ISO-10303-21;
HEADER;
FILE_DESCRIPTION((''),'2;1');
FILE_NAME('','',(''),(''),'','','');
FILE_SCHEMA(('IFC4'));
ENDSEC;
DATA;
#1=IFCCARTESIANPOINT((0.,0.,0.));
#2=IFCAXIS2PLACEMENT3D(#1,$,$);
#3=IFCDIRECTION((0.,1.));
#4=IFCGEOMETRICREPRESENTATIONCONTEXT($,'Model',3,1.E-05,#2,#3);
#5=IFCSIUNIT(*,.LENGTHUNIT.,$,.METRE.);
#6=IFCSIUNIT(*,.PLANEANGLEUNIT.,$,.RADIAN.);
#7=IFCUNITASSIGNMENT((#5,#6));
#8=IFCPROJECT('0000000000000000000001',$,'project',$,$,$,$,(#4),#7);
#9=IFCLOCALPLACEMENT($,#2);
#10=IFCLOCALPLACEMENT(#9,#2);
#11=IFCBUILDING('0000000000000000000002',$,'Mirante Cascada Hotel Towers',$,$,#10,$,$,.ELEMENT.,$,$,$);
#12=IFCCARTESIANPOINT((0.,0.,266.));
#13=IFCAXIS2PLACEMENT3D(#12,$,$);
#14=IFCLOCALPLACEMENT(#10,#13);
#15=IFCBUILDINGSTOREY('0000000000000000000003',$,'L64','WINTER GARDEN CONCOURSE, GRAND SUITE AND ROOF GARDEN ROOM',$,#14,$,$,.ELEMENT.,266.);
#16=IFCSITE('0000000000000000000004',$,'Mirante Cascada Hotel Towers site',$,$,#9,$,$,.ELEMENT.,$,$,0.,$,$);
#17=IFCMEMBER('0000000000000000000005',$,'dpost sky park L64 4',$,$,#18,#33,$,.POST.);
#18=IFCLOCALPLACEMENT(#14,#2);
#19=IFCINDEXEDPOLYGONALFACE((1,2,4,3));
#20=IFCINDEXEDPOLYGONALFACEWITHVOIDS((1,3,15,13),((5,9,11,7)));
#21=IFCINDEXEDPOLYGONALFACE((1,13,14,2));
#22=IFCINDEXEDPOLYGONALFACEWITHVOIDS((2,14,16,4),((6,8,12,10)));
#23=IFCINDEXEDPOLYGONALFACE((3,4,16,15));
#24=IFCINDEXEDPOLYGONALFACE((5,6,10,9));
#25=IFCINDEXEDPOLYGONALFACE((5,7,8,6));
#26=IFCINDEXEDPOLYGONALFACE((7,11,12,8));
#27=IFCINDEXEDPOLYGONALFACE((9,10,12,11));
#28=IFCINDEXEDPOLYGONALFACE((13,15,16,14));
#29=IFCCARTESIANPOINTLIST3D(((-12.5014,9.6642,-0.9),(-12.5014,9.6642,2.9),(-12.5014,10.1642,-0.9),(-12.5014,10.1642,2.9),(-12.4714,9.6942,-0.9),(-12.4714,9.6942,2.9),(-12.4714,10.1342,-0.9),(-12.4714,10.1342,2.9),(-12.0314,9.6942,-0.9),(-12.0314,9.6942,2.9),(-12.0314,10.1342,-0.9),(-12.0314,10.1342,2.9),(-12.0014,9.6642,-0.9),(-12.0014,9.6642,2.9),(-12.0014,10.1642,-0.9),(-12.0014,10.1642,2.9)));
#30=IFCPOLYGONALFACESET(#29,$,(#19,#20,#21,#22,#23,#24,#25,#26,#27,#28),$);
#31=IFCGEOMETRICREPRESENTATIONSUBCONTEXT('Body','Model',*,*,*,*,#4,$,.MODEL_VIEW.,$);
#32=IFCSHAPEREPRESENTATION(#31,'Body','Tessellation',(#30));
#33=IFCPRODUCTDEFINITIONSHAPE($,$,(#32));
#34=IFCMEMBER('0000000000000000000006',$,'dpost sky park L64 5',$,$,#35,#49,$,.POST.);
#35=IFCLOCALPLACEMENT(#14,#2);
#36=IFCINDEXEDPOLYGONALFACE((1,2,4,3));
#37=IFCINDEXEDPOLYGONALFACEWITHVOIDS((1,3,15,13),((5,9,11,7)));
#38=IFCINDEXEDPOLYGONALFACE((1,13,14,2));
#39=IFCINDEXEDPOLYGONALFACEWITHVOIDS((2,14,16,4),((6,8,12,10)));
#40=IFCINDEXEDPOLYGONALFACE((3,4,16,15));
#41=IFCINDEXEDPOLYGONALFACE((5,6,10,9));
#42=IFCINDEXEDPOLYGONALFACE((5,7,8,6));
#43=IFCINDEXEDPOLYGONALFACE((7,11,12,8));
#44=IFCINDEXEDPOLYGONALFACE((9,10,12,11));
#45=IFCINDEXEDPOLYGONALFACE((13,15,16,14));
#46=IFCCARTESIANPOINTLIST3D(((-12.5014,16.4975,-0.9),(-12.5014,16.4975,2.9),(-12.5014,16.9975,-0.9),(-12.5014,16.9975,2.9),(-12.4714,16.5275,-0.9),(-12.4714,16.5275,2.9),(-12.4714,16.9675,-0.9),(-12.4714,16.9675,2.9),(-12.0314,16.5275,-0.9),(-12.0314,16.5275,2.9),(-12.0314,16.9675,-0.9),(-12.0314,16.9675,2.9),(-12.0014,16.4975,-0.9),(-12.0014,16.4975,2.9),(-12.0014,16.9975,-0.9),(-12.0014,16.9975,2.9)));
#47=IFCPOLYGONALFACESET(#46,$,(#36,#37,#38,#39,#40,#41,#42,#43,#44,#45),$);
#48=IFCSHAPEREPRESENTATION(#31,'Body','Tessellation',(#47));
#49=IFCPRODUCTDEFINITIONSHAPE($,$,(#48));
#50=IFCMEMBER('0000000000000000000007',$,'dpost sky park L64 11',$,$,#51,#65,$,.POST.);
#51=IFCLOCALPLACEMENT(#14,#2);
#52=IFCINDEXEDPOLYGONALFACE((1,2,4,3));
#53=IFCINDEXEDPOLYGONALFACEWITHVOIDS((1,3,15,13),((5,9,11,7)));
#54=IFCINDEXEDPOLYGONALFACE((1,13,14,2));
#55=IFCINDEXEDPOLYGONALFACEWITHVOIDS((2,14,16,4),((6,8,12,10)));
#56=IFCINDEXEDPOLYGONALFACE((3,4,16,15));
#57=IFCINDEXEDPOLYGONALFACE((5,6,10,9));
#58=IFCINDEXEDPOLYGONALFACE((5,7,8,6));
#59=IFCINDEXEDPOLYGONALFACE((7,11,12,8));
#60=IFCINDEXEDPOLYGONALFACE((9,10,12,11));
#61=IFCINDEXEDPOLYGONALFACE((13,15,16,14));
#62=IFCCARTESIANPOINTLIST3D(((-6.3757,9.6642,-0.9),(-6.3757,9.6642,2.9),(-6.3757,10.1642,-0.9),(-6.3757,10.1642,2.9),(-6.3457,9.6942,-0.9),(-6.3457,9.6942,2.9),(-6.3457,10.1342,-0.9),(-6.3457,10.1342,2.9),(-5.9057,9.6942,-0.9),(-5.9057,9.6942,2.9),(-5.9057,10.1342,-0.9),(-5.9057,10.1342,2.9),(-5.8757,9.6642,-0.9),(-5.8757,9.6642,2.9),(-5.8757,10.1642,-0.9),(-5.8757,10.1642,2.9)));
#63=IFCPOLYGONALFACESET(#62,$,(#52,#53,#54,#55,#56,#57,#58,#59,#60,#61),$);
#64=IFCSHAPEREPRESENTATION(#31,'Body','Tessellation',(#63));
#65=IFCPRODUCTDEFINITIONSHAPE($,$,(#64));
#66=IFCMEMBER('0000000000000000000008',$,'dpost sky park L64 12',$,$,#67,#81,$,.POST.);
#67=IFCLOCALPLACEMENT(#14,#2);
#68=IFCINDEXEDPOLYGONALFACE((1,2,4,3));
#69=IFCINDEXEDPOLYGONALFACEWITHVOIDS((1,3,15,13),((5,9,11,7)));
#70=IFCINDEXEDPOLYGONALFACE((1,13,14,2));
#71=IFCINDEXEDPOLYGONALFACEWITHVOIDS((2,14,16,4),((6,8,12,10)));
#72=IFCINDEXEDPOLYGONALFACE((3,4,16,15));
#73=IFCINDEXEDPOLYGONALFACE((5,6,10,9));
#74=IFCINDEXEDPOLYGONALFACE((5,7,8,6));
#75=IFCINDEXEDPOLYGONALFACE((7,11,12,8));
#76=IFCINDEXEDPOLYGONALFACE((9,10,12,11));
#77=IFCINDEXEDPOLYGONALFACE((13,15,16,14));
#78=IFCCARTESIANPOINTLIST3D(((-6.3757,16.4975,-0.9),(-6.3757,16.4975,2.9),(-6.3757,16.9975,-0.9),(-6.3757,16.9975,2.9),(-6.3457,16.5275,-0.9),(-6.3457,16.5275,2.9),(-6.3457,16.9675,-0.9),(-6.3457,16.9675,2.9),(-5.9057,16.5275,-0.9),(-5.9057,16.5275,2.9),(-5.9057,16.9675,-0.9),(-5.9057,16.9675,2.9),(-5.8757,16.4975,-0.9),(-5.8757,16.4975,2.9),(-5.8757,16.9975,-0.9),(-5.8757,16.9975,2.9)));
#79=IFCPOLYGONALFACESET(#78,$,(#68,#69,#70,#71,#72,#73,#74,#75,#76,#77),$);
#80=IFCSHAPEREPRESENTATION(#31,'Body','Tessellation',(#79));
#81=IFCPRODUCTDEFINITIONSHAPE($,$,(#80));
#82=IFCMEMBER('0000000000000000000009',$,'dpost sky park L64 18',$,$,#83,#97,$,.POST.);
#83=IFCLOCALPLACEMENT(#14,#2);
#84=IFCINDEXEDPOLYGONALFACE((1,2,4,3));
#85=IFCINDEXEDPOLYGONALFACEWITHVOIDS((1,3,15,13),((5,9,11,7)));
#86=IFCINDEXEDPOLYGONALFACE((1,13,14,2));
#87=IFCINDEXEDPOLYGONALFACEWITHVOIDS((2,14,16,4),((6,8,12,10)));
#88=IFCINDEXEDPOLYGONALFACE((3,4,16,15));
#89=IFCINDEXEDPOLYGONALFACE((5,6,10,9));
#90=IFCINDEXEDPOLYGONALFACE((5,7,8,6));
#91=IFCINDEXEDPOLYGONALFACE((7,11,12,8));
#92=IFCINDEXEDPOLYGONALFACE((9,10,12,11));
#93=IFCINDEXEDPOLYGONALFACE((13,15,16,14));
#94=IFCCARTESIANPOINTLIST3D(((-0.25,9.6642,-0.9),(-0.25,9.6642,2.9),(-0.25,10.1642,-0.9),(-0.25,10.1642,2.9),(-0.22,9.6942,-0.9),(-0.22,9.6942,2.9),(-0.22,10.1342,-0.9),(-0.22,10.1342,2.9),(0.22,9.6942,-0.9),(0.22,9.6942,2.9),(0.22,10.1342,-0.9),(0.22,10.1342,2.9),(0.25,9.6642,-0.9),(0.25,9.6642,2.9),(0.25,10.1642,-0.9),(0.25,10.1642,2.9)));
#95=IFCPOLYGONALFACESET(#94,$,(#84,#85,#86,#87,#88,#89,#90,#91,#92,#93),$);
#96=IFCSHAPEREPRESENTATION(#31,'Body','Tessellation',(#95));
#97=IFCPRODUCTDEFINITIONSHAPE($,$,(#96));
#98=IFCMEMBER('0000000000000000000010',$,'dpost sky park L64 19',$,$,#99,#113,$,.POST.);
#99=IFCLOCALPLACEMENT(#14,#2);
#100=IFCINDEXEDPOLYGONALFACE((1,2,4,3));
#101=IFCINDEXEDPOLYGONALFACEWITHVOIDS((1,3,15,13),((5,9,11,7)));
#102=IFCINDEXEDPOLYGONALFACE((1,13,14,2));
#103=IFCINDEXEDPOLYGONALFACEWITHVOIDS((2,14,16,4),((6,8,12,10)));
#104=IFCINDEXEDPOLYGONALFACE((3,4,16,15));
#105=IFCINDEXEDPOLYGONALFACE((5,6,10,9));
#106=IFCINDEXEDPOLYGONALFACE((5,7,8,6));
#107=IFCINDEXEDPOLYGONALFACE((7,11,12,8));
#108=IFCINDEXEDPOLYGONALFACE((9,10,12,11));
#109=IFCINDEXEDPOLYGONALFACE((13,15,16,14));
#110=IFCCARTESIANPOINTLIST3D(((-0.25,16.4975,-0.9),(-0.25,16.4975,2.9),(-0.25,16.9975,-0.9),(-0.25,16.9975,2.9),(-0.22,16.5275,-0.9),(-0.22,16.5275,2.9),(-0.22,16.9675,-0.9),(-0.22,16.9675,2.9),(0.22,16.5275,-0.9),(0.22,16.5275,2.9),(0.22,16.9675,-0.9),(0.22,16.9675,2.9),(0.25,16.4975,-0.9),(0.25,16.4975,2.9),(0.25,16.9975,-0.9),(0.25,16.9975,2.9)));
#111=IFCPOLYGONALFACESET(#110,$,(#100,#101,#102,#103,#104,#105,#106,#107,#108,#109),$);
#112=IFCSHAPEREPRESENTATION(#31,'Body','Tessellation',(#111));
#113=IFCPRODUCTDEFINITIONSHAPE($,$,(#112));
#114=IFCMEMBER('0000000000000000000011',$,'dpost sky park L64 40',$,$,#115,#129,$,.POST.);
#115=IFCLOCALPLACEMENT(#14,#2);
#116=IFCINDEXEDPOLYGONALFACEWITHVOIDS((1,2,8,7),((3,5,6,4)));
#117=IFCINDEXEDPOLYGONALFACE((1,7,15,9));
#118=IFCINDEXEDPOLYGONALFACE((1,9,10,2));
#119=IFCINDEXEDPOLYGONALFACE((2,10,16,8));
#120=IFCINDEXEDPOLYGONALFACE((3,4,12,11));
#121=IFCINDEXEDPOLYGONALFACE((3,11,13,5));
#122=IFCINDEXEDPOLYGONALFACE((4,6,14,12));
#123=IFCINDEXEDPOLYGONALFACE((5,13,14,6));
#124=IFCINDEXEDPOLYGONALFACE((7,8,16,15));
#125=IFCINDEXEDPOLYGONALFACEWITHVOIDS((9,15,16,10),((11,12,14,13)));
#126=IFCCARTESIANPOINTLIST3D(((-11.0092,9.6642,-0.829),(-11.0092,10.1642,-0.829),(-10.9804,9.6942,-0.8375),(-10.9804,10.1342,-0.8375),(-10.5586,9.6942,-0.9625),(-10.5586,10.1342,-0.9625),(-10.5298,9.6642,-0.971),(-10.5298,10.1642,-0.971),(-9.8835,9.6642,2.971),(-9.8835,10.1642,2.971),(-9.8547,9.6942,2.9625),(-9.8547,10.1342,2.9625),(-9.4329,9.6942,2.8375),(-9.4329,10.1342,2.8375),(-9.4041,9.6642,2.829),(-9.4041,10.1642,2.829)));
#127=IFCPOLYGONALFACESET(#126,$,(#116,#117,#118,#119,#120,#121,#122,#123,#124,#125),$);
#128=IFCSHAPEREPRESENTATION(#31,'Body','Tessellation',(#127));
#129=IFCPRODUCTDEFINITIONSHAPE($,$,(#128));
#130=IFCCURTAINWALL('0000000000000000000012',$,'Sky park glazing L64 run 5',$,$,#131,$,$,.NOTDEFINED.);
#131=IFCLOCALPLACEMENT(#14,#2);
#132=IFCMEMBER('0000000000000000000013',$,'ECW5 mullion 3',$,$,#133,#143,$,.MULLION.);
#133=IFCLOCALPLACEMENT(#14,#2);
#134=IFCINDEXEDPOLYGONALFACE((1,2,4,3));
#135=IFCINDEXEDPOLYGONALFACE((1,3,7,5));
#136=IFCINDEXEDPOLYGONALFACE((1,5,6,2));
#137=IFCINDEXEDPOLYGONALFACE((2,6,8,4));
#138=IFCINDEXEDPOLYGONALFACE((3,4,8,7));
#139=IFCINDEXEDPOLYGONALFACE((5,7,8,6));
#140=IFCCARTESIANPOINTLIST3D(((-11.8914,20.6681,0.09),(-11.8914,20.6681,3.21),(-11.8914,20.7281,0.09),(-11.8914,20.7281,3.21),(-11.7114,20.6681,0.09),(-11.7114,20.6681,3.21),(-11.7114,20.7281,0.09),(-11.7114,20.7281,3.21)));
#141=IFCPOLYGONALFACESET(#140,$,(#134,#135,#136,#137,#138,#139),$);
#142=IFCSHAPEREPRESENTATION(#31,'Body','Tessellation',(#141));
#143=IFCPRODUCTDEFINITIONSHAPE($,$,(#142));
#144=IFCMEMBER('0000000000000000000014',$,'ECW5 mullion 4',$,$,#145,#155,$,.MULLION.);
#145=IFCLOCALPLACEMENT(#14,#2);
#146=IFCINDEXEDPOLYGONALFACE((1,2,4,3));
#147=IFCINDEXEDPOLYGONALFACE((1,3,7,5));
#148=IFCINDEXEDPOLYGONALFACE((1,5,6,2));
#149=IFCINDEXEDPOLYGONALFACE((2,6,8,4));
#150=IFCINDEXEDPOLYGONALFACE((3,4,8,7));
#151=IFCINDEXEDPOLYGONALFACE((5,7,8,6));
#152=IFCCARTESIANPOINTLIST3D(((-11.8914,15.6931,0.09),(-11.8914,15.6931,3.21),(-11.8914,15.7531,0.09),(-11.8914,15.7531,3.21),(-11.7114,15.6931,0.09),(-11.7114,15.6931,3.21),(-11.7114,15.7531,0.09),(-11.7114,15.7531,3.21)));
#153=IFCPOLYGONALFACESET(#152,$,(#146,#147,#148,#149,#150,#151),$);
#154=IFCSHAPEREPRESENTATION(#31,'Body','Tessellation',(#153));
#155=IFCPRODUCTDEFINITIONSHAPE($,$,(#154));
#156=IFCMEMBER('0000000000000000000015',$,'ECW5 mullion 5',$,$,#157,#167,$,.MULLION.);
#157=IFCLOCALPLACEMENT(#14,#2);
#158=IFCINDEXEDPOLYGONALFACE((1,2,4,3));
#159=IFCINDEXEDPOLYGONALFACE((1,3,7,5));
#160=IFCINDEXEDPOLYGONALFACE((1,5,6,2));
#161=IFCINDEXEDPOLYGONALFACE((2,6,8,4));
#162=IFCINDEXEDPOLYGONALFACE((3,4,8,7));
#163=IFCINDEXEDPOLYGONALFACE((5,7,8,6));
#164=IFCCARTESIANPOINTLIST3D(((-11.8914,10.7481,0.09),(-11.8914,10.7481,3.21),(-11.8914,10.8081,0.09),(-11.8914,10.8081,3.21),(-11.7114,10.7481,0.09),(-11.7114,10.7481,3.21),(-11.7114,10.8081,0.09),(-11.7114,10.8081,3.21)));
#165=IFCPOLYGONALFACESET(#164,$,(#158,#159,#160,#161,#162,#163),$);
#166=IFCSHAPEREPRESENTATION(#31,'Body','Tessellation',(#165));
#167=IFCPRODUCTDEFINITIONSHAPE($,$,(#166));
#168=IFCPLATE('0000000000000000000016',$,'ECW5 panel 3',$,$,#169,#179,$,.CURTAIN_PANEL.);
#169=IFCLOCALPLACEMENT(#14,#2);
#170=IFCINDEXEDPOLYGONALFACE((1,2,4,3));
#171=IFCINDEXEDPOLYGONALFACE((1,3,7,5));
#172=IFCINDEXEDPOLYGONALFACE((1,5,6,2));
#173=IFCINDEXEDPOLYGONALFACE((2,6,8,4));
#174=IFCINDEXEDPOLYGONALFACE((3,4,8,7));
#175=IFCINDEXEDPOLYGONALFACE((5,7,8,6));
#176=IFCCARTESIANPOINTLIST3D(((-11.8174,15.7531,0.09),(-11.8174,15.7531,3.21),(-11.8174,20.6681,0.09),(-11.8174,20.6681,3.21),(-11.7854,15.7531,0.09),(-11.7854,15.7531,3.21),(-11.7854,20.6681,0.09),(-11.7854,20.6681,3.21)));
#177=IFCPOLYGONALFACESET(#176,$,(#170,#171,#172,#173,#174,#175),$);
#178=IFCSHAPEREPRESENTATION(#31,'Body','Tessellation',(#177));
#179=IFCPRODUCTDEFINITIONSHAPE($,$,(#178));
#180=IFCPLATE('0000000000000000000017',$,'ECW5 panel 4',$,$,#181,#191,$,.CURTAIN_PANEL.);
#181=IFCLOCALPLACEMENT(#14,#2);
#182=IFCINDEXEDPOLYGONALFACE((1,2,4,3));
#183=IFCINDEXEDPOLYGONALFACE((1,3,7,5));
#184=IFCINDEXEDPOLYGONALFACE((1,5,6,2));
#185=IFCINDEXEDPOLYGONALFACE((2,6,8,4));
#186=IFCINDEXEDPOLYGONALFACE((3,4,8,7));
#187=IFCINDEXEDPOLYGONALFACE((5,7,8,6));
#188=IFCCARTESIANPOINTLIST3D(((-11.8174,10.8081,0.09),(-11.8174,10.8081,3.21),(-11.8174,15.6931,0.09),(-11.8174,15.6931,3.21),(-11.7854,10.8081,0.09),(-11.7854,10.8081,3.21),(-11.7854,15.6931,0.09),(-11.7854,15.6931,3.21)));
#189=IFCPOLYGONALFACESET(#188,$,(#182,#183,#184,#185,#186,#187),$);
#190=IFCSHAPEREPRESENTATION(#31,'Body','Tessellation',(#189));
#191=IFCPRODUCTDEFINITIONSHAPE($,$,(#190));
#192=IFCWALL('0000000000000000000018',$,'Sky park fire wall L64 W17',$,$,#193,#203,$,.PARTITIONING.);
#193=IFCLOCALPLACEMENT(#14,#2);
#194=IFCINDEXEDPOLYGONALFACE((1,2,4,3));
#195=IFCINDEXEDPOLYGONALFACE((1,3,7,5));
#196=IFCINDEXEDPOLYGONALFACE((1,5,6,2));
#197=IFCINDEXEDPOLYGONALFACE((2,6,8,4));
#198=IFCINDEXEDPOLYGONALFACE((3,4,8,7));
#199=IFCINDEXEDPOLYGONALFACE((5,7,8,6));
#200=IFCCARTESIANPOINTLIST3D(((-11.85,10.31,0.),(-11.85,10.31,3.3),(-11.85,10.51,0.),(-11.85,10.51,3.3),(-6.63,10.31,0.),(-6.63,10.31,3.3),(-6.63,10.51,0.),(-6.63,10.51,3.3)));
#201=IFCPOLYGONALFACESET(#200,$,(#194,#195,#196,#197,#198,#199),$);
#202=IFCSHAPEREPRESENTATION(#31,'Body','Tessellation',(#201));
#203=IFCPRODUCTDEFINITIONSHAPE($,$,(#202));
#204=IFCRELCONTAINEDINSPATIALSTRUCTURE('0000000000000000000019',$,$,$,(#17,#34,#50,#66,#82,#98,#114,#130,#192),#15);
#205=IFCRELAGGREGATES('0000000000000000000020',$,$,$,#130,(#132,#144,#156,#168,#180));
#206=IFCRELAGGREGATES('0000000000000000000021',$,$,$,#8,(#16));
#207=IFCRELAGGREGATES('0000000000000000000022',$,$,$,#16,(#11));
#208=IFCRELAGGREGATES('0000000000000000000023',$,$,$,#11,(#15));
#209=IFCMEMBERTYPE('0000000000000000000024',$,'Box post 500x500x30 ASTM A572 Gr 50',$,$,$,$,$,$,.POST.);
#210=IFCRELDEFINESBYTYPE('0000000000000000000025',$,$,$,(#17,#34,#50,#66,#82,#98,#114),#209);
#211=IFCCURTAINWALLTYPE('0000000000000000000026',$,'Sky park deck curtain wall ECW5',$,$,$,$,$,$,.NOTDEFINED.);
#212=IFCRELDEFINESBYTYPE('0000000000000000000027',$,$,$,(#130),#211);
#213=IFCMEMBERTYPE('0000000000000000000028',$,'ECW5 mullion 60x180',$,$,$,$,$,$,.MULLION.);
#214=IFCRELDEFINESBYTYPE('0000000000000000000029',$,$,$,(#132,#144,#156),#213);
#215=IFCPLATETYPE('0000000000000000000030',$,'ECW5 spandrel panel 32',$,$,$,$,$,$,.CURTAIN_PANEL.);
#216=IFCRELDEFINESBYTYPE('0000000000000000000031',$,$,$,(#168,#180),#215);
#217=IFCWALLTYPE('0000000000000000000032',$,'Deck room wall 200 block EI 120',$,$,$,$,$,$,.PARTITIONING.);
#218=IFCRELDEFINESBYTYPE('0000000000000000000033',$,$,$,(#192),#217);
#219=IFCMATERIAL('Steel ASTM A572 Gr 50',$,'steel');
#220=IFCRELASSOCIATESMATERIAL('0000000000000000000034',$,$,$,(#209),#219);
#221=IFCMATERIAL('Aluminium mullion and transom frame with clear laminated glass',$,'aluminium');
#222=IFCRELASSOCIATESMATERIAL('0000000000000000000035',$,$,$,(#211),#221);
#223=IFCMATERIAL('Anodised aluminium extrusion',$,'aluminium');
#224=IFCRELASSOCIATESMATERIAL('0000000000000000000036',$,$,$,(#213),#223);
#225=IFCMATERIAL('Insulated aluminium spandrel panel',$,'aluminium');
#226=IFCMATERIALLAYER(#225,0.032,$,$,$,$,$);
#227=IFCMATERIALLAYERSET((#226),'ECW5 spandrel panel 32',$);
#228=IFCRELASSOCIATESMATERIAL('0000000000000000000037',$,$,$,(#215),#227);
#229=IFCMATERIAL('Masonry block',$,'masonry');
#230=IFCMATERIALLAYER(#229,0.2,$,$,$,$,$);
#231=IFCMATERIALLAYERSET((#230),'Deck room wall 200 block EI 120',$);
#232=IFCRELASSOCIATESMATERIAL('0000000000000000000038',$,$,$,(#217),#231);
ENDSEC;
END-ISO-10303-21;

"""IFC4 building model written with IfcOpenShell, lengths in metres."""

from ifc_helpers import new_model, si_unit, direction, frame, frame_2d, origin, origin_2d, place, context, subcontext, project, spatial, rectangle, hollow_rectangle, extrude, material, layer, layer_set, material_profile, profile_set, type_object, element, aggregate, save


model = new_model("IFC4")

# Units and contexts
model_context = context("Model", 3, precision=1e-05, world=origin(), true_north=direction((0.0, 1.0)))
body_context = subcontext(model_context, "Body", "Model", "MODEL_VIEW")
ifc_project = project(units=[si_unit("LENGTHUNIT", "METRE"), si_unit("PLANEANGLEUNIT", "RADIAN")], contexts=[model_context])

# Site, building, storey
site_placement = place(None, origin())
site = spatial("IfcSite", under=ifc_project, at=site_placement, Name="Mirante Cascada Hotel Towers site", CompositionType="ELEMENT", RefElevation=0.0)
building_placement = place(site_placement, origin())
building = spatial("IfcBuilding", under=site, at=building_placement, Name="Mirante Cascada Hotel Towers", CompositionType="ELEMENT")
storey_placement = place(building_placement, frame((0.0, 0.0, 266.0)))
storey = spatial("IfcBuildingStorey", under=building, at=storey_placement, Name="L64", Description="WINTER GARDEN CONCOURSE, GRAND SUITE AND ROOF GARDEN ROOM", CompositionType="ELEMENT", Elevation=266.0)

# Members
ifc_material_1 = material(Name="Steel ASTM A572 Gr 50", Category="steel")
ifc_material_profile_1 = material_profile(ifc_material_1, hollow_rectangle(XDim=0.5, YDim=0.5, WallThickness=0.03, at=origin_2d()), Name="Box post 500x500x30 ASTM A572 Gr 50")
ifc_profile_set_1 = profile_set([ifc_material_profile_1], Name="Steel ASTM A572 Gr 50")
member_type_1 = type_object("IfcMemberType", Name="Box post 500x500x30 ASTM A572 Gr 50", PredefinedType="POST", material=ifc_profile_set_1)
for number, where, z_axis, x_axis, name in (
    (1, (-12.2514, 9.9142, -0.9), (0.0, 0.0, 1.0), (1.0, 0.0, 0.0), "dpost sky park L64 4"),
    (2, (-12.2514, 16.7475, -0.9), (0.0, 0.0, 1.0), (1.0, 0.0, 0.0), "dpost sky park L64 5"),
    (3, (-6.1257, 9.9142, -0.9), (0.0, 0.0, 1.0), (1.0, 0.0, 0.0), "dpost sky park L64 11"),
    (4, (-6.1257, 16.7475, -0.9), (0.0, 0.0, 1.0), (1.0, 0.0, 0.0), "dpost sky park L64 12"),
    (5, (0.0, 9.9142, -0.9), (0.0, 0.0, 1.0), (1.0, 0.0, 0.0), "dpost sky park L64 18"),
    (6, (0.0, 16.7475, -0.9), (0.0, 0.0, 1.0), (1.0, 0.0, 0.0), "dpost sky park L64 19"),
):
    element("IfcMember", number, at=place(storey_placement, frame(where, z_axis=z_axis, x_axis=x_axis)), inside=storey, type_object=member_type_1, Name=name, PredefinedType="POST", context=body_context, shape_type="SweptSolid", body=[
        extrude(hollow_rectangle(XDim=0.5, YDim=0.5, WallThickness=0.03, at=origin_2d()), origin(), (0.0, 0.0, 1.0), 3.8),
    ])
member_1_placement = place(storey_placement, frame((-10.7695, 9.9142, -0.9), z_axis=(0.284036, 0.0, 0.958814), x_axis=(0.0, 1.0, 0.0)))
element("IfcMember", 7, at=member_1_placement, inside=storey, type_object=member_type_1, Name="dpost sky park L64 40", PredefinedType="POST", context=body_context, shape_type="SweptSolid", body=[
    extrude(hollow_rectangle(XDim=0.5, YDim=0.5, WallThickness=0.03, at=origin_2d()), origin(), (0.0, 0.0, 1.0), 3.9632),
])

# Curtain wall, members, plates
ifc_material_2 = material(Name="Aluminium mullion and transom frame with clear laminated glass", Category="aluminium")
curtain_wall_type = type_object("IfcCurtainWallType", Name="Sky park deck curtain wall ECW5", PredefinedType="NOTDEFINED", material=ifc_material_2)
curtain_wall_placement = place(storey_placement, origin())
curtain_wall = element("IfcCurtainWall", 8, at=curtain_wall_placement, inside=storey, type_object=curtain_wall_type, Name="Sky park glazing L64 run 5", PredefinedType="NOTDEFINED")
ifc_material_3 = material(Name="Anodised aluminium extrusion", Category="aluminium")
ifc_material_profile_2 = material_profile(ifc_material_3, rectangle(XDim=0.18, YDim=0.06, at=origin_2d()), Name="ECW5 MULLION 60x180")
ifc_profile_set_2 = profile_set([ifc_material_profile_2], Name="Anodised aluminium extrusion")
member_type_2 = type_object("IfcMemberType", Name="ECW5 mullion 60x180", PredefinedType="MULLION", material=ifc_profile_set_2)
member_2_placement = place(storey_placement, frame((-11.8014, 20.6981, 0.09), z_axis=(0.0, 0.0, 1.0), x_axis=(1.0, 0.0, 0.0)))
member_2 = element("IfcMember", 9, at=member_2_placement, type_object=member_type_2, Name="ECW5 mullion 3", PredefinedType="MULLION", context=body_context, shape_type="SweptSolid", body=[
    extrude(rectangle(XDim=0.18, YDim=0.06, at=origin_2d()), origin(), (0.0, 0.0, 1.0), 3.12),
])
member_3_placement = place(storey_placement, frame((-11.8014, 15.7231, 0.09), z_axis=(0.0, 0.0, 1.0), x_axis=(1.0, 0.0, 0.0)))
member_3 = element("IfcMember", 10, at=member_3_placement, type_object=member_type_2, Name="ECW5 mullion 4", PredefinedType="MULLION", context=body_context, shape_type="SweptSolid", body=[
    extrude(rectangle(XDim=0.18, YDim=0.06, at=origin_2d()), origin(), (0.0, 0.0, 1.0), 3.12),
])
member_4_placement = place(storey_placement, frame((-11.8014, 10.7781, 0.09), z_axis=(0.0, 0.0, 1.0), x_axis=(1.0, 0.0, 0.0)))
member_4 = element("IfcMember", 11, at=member_4_placement, type_object=member_type_2, Name="ECW5 mullion 5", PredefinedType="MULLION", context=body_context, shape_type="SweptSolid", body=[
    extrude(rectangle(XDim=0.18, YDim=0.06, at=origin_2d()), origin(), (0.0, 0.0, 1.0), 3.12),
])
ifc_material_4 = material(Name="Insulated aluminium spandrel panel", Category="aluminium")
ifc_layer_1 = layer(ifc_material_4, 0.032)
ifc_layer_set_1 = layer_set([ifc_layer_1], Name="ECW5 spandrel panel 32")
plate_type = type_object("IfcPlateType", Name="ECW5 spandrel panel 32", PredefinedType="CURTAIN_PANEL", material=ifc_layer_set_1)
plate_1_placement = place(storey_placement, frame((-11.8014, 18.2106, 0.09), z_axis=(0.0, 0.0, 1.0), x_axis=(0.0, -1.0, 0.0)))
plate_1 = element("IfcPlate", 12, at=plate_1_placement, type_object=plate_type, Name="ECW5 panel 3", PredefinedType="CURTAIN_PANEL", context=body_context, shape_type="SweptSolid", body=[
    extrude(rectangle(XDim=4.915, YDim=0.032, at=origin_2d()), origin(), (0.0, 0.0, 1.0), 3.12),
])
plate_2_placement = place(storey_placement, frame((-11.8014, 13.2506, 0.09), z_axis=(0.0, 0.0, 1.0), x_axis=(0.0, -1.0, 0.0)))
plate_2 = element("IfcPlate", 13, at=plate_2_placement, type_object=plate_type, Name="ECW5 panel 4", PredefinedType="CURTAIN_PANEL", context=body_context, shape_type="SweptSolid", body=[
    extrude(rectangle(XDim=4.885, YDim=0.032, at=origin_2d()), origin(), (0.0, 0.0, 1.0), 3.12),
])
aggregate(curtain_wall, [member_2, member_3, member_4, plate_1, plate_2])

# Wall
ifc_material_5 = material(Name="Masonry block", Category="masonry")
ifc_layer_2 = layer(ifc_material_5, 0.2)
ifc_layer_set_2 = layer_set([ifc_layer_2], Name="Deck room wall 200 block EI 120")
wall_type_1 = type_object("IfcWallType", Name="Deck room wall 200 block EI 120", PredefinedType="PARTITIONING", material=ifc_layer_set_2)
wall_1_placement = place(storey_placement, frame((-11.85, 10.41, 0.0), z_axis=(0.0, 0.0, 1.0), x_axis=(1.0, 0.0, 0.0)))
element("IfcWall", 14, at=wall_1_placement, inside=storey, type_object=wall_type_1, Name="Sky park fire wall L64 W17", PredefinedType="PARTITIONING", context=body_context, shape_type="SweptSolid", body=[
    extrude(rectangle(XDim=5.22, YDim=0.2, at=frame_2d((2.61, 0.0))), origin(), (0.0, 0.0, 1.0), 3.3),
])

save(model, "model.ifc")
